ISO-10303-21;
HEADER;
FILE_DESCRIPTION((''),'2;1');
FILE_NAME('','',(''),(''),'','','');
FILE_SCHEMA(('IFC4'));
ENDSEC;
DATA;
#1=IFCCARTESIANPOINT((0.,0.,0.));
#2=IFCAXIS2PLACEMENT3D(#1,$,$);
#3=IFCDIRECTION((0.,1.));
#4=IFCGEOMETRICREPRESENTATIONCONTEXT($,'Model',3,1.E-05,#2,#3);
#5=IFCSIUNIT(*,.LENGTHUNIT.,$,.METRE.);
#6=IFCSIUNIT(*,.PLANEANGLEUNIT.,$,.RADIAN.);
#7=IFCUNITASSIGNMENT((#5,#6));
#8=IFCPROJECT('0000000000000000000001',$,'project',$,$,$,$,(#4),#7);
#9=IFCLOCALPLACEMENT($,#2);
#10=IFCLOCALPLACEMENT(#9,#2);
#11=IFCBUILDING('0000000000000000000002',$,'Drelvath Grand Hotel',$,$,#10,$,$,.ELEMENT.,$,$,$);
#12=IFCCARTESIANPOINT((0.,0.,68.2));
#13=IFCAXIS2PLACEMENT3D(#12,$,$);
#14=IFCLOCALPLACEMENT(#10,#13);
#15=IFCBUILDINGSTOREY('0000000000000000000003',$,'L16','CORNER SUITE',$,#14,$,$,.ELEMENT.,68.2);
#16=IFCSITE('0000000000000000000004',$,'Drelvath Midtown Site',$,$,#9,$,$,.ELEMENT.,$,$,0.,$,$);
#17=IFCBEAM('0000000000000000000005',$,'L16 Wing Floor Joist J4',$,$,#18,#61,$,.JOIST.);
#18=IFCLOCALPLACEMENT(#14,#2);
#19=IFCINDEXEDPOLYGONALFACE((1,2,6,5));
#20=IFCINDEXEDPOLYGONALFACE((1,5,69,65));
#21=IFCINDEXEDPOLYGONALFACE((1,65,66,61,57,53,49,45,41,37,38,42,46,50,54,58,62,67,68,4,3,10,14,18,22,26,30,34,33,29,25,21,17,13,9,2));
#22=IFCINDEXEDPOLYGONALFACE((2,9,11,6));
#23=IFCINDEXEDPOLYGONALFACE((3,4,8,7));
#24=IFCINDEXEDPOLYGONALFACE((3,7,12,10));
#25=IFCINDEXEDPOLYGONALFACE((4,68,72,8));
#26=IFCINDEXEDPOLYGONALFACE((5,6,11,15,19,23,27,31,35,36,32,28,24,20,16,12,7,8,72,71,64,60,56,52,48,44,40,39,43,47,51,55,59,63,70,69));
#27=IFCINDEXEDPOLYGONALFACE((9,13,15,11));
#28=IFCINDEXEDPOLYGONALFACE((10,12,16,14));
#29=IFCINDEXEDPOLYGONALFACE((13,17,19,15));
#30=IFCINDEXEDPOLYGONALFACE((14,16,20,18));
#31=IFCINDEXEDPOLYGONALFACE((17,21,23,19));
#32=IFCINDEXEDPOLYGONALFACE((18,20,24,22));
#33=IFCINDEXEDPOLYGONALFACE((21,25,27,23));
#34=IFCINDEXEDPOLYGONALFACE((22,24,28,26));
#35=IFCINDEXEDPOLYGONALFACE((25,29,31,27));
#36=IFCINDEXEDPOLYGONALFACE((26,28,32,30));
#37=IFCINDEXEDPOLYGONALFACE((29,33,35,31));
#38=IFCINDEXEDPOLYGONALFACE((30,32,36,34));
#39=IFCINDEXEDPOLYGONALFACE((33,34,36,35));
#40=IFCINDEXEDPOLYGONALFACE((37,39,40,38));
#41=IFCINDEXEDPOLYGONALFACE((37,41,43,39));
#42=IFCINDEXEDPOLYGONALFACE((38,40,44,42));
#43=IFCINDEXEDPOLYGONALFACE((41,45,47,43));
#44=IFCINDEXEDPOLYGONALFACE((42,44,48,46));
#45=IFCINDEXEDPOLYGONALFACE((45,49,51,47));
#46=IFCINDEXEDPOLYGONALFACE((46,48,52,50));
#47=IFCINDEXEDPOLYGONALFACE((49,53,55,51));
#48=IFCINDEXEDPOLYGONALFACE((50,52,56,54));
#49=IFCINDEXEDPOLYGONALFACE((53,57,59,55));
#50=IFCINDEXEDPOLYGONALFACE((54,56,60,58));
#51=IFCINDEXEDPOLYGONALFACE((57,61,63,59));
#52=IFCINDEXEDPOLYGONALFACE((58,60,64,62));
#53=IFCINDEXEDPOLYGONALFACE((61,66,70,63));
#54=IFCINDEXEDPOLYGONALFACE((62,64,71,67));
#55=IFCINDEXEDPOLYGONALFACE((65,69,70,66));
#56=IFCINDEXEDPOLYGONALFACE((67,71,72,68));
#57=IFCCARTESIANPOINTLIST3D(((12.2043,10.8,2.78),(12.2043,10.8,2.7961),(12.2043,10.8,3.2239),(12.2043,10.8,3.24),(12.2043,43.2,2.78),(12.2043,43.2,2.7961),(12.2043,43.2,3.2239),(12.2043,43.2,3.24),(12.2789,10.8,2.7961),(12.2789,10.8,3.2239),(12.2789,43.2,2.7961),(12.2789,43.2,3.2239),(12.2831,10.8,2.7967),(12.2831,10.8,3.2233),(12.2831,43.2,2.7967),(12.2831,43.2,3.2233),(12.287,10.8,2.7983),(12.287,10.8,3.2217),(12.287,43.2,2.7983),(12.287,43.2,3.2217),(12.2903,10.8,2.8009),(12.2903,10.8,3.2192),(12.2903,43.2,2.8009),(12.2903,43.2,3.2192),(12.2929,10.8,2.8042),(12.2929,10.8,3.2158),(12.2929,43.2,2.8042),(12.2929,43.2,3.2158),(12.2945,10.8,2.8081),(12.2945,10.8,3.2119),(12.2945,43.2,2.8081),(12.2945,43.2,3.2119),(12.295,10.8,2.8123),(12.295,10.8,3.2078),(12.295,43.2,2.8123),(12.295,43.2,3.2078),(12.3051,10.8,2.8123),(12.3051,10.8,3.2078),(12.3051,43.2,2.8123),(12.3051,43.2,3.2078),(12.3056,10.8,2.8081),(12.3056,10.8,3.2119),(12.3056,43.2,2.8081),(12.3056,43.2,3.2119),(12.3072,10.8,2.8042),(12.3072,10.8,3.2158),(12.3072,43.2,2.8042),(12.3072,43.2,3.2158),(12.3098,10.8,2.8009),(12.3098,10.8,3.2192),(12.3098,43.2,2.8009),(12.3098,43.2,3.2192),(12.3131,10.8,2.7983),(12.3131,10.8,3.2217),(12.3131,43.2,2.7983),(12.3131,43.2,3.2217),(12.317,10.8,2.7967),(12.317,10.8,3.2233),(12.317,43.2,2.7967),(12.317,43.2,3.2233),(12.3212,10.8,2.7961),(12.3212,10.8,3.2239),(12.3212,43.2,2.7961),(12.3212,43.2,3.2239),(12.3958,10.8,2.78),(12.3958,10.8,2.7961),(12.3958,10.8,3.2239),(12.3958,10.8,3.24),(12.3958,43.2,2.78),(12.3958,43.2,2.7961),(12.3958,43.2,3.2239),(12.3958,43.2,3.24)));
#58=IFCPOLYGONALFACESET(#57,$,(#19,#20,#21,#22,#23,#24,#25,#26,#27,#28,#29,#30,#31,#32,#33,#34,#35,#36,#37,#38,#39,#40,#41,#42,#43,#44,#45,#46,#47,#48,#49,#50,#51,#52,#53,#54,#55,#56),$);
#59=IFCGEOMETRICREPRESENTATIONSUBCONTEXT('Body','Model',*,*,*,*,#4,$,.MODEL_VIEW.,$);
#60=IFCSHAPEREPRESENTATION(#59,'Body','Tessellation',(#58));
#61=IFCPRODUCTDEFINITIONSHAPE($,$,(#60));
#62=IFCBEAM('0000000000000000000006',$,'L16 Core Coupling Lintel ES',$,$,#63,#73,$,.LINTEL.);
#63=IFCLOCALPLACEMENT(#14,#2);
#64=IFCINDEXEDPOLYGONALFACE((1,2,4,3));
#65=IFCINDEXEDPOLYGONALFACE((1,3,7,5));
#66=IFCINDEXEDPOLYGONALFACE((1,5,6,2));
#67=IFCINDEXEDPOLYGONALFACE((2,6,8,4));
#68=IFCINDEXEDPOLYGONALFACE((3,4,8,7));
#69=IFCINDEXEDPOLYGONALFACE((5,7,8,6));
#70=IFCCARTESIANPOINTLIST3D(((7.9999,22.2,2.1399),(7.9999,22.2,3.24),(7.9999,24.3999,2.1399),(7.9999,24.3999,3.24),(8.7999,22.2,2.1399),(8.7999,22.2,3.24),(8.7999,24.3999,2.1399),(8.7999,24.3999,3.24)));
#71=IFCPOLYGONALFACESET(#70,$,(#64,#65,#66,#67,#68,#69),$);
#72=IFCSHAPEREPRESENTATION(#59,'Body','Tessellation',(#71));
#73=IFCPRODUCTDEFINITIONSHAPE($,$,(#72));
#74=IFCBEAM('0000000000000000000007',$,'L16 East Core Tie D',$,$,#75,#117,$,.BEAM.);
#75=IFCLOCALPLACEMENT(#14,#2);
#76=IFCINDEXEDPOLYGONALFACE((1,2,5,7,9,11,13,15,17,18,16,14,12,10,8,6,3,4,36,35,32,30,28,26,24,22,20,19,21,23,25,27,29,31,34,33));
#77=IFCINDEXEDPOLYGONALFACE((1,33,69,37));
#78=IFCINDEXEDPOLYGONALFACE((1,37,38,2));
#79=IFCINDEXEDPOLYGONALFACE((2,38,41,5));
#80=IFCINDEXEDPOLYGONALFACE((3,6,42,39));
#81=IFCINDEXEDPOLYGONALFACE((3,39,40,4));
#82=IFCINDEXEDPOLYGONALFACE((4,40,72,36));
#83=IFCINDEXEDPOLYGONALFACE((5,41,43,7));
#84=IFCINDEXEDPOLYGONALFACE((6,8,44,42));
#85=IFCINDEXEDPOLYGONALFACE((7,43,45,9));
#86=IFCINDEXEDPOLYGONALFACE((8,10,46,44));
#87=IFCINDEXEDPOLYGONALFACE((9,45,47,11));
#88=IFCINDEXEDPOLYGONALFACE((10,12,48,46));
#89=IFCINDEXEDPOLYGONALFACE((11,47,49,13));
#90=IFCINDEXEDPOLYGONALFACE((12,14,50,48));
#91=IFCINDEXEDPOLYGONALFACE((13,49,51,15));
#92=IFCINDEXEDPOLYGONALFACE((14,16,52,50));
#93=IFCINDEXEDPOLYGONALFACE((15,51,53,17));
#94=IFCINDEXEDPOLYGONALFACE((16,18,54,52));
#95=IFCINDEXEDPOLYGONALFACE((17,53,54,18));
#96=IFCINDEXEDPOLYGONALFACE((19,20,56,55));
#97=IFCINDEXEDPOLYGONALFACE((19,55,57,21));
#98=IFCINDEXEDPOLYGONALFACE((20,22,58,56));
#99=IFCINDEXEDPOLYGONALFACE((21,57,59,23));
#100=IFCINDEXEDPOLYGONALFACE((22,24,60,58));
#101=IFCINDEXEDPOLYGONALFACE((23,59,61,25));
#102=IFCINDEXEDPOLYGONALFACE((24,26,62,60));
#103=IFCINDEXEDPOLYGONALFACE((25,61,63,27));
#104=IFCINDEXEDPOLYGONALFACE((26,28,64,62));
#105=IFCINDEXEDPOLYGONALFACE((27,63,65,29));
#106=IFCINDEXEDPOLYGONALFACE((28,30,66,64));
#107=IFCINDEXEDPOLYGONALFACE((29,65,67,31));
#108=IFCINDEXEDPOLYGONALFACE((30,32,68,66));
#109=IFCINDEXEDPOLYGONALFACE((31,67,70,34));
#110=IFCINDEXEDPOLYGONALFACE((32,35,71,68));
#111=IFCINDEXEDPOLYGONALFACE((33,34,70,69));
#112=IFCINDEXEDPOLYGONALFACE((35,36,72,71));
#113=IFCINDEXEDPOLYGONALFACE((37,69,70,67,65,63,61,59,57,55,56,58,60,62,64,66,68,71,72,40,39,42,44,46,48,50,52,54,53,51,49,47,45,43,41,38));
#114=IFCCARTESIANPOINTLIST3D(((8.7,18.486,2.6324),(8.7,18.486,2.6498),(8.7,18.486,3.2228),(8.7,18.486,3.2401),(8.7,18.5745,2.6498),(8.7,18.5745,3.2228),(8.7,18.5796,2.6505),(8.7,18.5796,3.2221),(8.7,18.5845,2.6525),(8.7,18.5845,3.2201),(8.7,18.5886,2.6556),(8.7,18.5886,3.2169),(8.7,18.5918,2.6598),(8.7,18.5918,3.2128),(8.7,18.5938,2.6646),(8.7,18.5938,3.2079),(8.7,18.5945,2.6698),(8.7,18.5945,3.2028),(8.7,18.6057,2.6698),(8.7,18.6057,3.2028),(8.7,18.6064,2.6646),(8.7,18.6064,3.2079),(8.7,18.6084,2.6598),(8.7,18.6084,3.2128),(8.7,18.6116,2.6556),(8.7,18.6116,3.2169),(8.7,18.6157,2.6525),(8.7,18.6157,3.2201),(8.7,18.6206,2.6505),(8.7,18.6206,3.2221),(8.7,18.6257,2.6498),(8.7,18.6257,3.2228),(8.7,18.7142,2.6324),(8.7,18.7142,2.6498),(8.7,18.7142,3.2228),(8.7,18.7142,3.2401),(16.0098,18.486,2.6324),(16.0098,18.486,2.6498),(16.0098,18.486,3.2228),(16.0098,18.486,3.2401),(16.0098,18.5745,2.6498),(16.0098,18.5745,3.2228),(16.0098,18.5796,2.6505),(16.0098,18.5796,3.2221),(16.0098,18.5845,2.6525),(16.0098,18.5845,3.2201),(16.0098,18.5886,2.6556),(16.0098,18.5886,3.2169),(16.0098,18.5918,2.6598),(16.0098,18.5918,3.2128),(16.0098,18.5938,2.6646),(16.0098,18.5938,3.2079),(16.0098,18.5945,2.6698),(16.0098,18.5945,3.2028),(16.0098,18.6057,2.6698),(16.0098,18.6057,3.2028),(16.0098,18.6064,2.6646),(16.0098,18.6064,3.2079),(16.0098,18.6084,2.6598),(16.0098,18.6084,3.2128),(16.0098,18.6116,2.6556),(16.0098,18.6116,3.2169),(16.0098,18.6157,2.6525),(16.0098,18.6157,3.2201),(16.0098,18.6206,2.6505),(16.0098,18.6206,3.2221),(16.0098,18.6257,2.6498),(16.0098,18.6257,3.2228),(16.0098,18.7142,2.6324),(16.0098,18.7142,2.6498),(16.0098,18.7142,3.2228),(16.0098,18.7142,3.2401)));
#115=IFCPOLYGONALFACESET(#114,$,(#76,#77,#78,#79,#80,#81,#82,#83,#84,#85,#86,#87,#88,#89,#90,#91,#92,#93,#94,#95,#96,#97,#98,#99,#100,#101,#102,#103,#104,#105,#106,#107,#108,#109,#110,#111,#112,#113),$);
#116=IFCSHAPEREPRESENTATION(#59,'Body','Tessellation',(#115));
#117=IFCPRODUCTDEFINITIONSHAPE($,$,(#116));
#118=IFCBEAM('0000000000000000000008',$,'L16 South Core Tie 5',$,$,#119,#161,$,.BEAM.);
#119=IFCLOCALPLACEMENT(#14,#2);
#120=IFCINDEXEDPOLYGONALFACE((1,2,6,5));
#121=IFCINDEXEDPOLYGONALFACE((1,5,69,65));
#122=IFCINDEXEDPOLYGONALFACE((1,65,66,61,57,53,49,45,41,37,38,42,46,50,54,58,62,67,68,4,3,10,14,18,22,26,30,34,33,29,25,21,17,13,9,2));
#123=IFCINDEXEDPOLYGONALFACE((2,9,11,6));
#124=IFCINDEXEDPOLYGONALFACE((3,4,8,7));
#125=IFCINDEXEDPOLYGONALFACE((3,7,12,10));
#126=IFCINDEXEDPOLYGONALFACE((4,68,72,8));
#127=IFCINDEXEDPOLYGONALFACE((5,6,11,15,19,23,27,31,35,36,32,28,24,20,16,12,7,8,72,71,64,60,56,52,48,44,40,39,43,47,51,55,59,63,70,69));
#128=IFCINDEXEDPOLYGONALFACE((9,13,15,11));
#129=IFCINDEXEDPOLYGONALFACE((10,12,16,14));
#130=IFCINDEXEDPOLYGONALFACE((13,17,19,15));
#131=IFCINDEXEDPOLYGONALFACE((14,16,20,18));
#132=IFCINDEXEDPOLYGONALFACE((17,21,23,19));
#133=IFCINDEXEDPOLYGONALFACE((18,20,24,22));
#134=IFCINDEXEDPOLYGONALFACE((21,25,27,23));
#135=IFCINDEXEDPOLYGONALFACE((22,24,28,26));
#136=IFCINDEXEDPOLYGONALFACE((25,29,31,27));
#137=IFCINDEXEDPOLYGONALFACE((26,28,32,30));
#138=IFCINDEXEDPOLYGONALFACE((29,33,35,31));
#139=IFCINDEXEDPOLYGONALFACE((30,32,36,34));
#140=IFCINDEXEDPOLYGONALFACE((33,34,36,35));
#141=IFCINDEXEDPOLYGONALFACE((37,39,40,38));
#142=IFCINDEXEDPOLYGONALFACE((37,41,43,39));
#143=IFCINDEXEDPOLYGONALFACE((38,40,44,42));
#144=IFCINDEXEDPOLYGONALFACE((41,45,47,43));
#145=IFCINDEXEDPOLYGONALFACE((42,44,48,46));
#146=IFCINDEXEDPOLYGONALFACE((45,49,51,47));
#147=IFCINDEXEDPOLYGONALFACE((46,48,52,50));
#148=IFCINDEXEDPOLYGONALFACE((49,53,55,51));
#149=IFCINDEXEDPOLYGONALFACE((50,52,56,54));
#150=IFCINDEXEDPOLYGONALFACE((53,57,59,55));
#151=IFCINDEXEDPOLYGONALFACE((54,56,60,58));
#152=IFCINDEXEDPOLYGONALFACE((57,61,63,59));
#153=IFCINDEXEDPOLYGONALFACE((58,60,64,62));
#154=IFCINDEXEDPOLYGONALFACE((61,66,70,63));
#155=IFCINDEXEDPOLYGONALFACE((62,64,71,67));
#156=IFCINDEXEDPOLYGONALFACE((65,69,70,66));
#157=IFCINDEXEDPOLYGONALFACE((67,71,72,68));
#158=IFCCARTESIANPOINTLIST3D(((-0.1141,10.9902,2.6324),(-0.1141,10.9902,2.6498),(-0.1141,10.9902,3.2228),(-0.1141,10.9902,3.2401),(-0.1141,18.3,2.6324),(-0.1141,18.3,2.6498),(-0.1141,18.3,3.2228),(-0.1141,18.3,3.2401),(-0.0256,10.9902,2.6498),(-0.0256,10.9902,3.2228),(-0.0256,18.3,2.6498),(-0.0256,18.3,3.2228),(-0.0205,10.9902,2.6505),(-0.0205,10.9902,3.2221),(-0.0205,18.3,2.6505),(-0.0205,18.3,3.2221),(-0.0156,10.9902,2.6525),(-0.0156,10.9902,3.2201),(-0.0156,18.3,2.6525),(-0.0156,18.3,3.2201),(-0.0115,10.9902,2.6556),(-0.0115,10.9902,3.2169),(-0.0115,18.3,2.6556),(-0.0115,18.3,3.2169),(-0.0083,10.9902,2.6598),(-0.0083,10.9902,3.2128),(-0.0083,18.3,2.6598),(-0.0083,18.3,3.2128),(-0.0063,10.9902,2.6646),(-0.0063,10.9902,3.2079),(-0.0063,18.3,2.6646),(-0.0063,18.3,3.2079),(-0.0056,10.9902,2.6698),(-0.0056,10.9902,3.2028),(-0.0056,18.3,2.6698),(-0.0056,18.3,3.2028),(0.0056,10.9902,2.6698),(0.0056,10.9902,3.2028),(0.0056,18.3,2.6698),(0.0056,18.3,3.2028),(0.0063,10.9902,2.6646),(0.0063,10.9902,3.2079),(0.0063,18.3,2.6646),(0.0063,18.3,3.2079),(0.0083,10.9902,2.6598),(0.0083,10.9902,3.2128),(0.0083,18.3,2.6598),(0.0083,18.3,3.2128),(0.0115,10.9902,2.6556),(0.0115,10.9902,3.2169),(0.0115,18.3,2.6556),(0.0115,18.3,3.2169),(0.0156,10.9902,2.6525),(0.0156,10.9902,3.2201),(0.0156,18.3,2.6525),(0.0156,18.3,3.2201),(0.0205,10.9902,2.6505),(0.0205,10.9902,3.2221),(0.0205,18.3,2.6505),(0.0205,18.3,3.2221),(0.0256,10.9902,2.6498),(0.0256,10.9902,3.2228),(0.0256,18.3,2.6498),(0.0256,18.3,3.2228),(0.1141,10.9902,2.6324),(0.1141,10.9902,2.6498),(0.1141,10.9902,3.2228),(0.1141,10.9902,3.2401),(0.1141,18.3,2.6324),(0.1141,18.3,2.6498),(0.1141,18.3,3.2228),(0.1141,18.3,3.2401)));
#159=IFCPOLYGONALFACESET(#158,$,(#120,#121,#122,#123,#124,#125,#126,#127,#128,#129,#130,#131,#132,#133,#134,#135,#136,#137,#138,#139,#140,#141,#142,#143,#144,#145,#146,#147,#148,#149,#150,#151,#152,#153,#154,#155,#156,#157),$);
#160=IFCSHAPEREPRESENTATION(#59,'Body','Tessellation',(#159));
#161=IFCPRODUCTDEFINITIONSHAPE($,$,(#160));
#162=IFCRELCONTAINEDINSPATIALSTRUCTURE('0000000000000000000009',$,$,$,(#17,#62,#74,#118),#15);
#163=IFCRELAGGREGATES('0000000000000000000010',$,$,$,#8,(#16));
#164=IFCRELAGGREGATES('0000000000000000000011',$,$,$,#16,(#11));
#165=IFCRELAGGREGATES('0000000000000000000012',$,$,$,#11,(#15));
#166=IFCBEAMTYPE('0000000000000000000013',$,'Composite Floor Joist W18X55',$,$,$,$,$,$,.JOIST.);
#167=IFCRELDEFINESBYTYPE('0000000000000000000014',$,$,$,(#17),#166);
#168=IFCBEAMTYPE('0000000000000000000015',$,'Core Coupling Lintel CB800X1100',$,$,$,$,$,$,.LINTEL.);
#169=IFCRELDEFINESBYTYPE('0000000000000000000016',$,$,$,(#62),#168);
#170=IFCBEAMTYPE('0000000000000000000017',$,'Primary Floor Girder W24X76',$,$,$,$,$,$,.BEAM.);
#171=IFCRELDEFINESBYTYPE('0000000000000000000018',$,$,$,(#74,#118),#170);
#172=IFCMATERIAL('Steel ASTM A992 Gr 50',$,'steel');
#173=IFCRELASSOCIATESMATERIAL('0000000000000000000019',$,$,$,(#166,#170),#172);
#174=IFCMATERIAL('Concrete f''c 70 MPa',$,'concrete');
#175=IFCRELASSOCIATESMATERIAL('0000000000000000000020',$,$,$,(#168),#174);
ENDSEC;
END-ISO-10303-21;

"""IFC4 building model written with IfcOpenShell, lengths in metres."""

from ifc_helpers import new_model, si_unit, direction, frame, origin, origin_2d, place, context, subcontext, project, spatial, rectangle, i_section, extrude, material, material_profile, profile_set, type_object, element, save


model = new_model("IFC4")

# Units and contexts
model_context = context("Model", 3, precision=1e-05, world=origin(), true_north=direction((0.0, 1.0)))
body_context = subcontext(model_context, "Body", "Model", "MODEL_VIEW")
ifc_project = project(units=[si_unit("LENGTHUNIT", "METRE"), si_unit("PLANEANGLEUNIT", "RADIAN")], contexts=[model_context])

# Site, building, storey
site_placement = place(None, origin())
site = spatial("IfcSite", under=ifc_project, at=site_placement, Name="Drelvath Midtown Site", CompositionType="ELEMENT", RefElevation=0.0)
building_placement = place(site_placement, origin())
building = spatial("IfcBuilding", under=site, at=building_placement, Name="Drelvath Grand Hotel", CompositionType="ELEMENT")
storey_placement = place(building_placement, frame((0.0, 0.0, 68.2)))
storey = spatial("IfcBuildingStorey", under=building, at=storey_placement, Name="L16", Description="CORNER SUITE", CompositionType="ELEMENT", Elevation=68.2)

# Beams
ifc_material_1 = material(Name="Steel ASTM A992 Gr 50", Category="steel")
ifc_material_profile_1 = material_profile(ifc_material_1, i_section(OverallWidth=0.1914, OverallDepth=0.46, WebThickness=0.01, FlangeThickness=0.0161, FilletRadius=0.0161, at=origin_2d()), Name="W18X55")
ifc_profile_set_1 = profile_set([ifc_material_profile_1], Name="Steel ASTM A992 Gr 50")
beam_type_1 = type_object("IfcBeamType", Name="Composite Floor Joist W18X55", PredefinedType="JOIST", material=ifc_profile_set_1)
beam_1_placement = place(storey_placement, frame((12.3, 10.8, 3.01), z_axis=(0.0, 1.0, 0.0), x_axis=(-1.0, 0.0, 0.0)))
element("IfcBeam", 1, at=beam_1_placement, inside=storey, type_object=beam_type_1, Name="L16 Wing Floor Joist J4", PredefinedType="JOIST", context=body_context, shape_type="SweptSolid", body=[
    extrude(i_section(OverallWidth=0.1914, OverallDepth=0.46, WebThickness=0.01, FlangeThickness=0.0161, FilletRadius=0.0161, at=origin_2d()), origin(), (0.0, 0.0, 1.0), 32.3999),
])
ifc_material_2 = material(Name="Concrete f'c 70 MPa", Category="concrete")
ifc_material_profile_2 = material_profile(ifc_material_2, rectangle(XDim=0.8, YDim=1.1001, at=origin_2d()), Name="CB800X1100")
ifc_profile_set_2 = profile_set([ifc_material_profile_2], Name="Concrete f'c 70 MPa")
beam_type_2 = type_object("IfcBeamType", Name="Core Coupling Lintel CB800X1100", PredefinedType="LINTEL", material=ifc_profile_set_2)
beam_2_placement = place(storey_placement, frame((8.3999, 22.2, 2.6899), z_axis=(0.0, 1.0, 0.0), x_axis=(-1.0, 0.0, 0.0)))
element("IfcBeam", 2, at=beam_2_placement, inside=storey, type_object=beam_type_2, Name="L16 Core Coupling Lintel ES", PredefinedType="LINTEL", context=body_context, shape_type="SweptSolid", body=[
    extrude(rectangle(XDim=0.8, YDim=1.1001, at=origin_2d()), origin(), (0.0, 0.0, 1.0), 2.2),
])
ifc_material_profile_3 = material_profile(ifc_material_1, i_section(OverallWidth=0.2283, OverallDepth=0.6077, WebThickness=0.0112, FlangeThickness=0.0173, FilletRadius=0.02, at=origin_2d()), Name="W24X76")
ifc_profile_set_3 = profile_set([ifc_material_profile_3], Name="Steel ASTM A992 Gr 50")
beam_type_3 = type_object("IfcBeamType", Name="Primary Floor Girder W24X76", PredefinedType="BEAM", material=ifc_profile_set_3)
for number, where, z_axis, x_axis, name in (
    (3, (8.7, 18.6001, 2.9363), (1.0, 0.0, 0.0), (0.0, 1.0, 0.0), "L16 East Core Tie D"),
    (4, (0.0, 10.9902, 2.9363), (0.0, 1.0, 0.0), (-1.0, 0.0, 0.0), "L16 South Core Tie 5"),
):
    element("IfcBeam", number, at=place(storey_placement, frame(where, z_axis=z_axis, x_axis=x_axis)), inside=storey, type_object=beam_type_3, Name=name, PredefinedType="BEAM", context=body_context, shape_type="SweptSolid", body=[
        extrude(i_section(OverallWidth=0.2283, OverallDepth=0.6077, WebThickness=0.0112, FlangeThickness=0.0173, FilletRadius=0.02, at=origin_2d()), origin(), (0.0, 0.0, 1.0), 7.3098),
    ])

save(model, "model.ifc")
